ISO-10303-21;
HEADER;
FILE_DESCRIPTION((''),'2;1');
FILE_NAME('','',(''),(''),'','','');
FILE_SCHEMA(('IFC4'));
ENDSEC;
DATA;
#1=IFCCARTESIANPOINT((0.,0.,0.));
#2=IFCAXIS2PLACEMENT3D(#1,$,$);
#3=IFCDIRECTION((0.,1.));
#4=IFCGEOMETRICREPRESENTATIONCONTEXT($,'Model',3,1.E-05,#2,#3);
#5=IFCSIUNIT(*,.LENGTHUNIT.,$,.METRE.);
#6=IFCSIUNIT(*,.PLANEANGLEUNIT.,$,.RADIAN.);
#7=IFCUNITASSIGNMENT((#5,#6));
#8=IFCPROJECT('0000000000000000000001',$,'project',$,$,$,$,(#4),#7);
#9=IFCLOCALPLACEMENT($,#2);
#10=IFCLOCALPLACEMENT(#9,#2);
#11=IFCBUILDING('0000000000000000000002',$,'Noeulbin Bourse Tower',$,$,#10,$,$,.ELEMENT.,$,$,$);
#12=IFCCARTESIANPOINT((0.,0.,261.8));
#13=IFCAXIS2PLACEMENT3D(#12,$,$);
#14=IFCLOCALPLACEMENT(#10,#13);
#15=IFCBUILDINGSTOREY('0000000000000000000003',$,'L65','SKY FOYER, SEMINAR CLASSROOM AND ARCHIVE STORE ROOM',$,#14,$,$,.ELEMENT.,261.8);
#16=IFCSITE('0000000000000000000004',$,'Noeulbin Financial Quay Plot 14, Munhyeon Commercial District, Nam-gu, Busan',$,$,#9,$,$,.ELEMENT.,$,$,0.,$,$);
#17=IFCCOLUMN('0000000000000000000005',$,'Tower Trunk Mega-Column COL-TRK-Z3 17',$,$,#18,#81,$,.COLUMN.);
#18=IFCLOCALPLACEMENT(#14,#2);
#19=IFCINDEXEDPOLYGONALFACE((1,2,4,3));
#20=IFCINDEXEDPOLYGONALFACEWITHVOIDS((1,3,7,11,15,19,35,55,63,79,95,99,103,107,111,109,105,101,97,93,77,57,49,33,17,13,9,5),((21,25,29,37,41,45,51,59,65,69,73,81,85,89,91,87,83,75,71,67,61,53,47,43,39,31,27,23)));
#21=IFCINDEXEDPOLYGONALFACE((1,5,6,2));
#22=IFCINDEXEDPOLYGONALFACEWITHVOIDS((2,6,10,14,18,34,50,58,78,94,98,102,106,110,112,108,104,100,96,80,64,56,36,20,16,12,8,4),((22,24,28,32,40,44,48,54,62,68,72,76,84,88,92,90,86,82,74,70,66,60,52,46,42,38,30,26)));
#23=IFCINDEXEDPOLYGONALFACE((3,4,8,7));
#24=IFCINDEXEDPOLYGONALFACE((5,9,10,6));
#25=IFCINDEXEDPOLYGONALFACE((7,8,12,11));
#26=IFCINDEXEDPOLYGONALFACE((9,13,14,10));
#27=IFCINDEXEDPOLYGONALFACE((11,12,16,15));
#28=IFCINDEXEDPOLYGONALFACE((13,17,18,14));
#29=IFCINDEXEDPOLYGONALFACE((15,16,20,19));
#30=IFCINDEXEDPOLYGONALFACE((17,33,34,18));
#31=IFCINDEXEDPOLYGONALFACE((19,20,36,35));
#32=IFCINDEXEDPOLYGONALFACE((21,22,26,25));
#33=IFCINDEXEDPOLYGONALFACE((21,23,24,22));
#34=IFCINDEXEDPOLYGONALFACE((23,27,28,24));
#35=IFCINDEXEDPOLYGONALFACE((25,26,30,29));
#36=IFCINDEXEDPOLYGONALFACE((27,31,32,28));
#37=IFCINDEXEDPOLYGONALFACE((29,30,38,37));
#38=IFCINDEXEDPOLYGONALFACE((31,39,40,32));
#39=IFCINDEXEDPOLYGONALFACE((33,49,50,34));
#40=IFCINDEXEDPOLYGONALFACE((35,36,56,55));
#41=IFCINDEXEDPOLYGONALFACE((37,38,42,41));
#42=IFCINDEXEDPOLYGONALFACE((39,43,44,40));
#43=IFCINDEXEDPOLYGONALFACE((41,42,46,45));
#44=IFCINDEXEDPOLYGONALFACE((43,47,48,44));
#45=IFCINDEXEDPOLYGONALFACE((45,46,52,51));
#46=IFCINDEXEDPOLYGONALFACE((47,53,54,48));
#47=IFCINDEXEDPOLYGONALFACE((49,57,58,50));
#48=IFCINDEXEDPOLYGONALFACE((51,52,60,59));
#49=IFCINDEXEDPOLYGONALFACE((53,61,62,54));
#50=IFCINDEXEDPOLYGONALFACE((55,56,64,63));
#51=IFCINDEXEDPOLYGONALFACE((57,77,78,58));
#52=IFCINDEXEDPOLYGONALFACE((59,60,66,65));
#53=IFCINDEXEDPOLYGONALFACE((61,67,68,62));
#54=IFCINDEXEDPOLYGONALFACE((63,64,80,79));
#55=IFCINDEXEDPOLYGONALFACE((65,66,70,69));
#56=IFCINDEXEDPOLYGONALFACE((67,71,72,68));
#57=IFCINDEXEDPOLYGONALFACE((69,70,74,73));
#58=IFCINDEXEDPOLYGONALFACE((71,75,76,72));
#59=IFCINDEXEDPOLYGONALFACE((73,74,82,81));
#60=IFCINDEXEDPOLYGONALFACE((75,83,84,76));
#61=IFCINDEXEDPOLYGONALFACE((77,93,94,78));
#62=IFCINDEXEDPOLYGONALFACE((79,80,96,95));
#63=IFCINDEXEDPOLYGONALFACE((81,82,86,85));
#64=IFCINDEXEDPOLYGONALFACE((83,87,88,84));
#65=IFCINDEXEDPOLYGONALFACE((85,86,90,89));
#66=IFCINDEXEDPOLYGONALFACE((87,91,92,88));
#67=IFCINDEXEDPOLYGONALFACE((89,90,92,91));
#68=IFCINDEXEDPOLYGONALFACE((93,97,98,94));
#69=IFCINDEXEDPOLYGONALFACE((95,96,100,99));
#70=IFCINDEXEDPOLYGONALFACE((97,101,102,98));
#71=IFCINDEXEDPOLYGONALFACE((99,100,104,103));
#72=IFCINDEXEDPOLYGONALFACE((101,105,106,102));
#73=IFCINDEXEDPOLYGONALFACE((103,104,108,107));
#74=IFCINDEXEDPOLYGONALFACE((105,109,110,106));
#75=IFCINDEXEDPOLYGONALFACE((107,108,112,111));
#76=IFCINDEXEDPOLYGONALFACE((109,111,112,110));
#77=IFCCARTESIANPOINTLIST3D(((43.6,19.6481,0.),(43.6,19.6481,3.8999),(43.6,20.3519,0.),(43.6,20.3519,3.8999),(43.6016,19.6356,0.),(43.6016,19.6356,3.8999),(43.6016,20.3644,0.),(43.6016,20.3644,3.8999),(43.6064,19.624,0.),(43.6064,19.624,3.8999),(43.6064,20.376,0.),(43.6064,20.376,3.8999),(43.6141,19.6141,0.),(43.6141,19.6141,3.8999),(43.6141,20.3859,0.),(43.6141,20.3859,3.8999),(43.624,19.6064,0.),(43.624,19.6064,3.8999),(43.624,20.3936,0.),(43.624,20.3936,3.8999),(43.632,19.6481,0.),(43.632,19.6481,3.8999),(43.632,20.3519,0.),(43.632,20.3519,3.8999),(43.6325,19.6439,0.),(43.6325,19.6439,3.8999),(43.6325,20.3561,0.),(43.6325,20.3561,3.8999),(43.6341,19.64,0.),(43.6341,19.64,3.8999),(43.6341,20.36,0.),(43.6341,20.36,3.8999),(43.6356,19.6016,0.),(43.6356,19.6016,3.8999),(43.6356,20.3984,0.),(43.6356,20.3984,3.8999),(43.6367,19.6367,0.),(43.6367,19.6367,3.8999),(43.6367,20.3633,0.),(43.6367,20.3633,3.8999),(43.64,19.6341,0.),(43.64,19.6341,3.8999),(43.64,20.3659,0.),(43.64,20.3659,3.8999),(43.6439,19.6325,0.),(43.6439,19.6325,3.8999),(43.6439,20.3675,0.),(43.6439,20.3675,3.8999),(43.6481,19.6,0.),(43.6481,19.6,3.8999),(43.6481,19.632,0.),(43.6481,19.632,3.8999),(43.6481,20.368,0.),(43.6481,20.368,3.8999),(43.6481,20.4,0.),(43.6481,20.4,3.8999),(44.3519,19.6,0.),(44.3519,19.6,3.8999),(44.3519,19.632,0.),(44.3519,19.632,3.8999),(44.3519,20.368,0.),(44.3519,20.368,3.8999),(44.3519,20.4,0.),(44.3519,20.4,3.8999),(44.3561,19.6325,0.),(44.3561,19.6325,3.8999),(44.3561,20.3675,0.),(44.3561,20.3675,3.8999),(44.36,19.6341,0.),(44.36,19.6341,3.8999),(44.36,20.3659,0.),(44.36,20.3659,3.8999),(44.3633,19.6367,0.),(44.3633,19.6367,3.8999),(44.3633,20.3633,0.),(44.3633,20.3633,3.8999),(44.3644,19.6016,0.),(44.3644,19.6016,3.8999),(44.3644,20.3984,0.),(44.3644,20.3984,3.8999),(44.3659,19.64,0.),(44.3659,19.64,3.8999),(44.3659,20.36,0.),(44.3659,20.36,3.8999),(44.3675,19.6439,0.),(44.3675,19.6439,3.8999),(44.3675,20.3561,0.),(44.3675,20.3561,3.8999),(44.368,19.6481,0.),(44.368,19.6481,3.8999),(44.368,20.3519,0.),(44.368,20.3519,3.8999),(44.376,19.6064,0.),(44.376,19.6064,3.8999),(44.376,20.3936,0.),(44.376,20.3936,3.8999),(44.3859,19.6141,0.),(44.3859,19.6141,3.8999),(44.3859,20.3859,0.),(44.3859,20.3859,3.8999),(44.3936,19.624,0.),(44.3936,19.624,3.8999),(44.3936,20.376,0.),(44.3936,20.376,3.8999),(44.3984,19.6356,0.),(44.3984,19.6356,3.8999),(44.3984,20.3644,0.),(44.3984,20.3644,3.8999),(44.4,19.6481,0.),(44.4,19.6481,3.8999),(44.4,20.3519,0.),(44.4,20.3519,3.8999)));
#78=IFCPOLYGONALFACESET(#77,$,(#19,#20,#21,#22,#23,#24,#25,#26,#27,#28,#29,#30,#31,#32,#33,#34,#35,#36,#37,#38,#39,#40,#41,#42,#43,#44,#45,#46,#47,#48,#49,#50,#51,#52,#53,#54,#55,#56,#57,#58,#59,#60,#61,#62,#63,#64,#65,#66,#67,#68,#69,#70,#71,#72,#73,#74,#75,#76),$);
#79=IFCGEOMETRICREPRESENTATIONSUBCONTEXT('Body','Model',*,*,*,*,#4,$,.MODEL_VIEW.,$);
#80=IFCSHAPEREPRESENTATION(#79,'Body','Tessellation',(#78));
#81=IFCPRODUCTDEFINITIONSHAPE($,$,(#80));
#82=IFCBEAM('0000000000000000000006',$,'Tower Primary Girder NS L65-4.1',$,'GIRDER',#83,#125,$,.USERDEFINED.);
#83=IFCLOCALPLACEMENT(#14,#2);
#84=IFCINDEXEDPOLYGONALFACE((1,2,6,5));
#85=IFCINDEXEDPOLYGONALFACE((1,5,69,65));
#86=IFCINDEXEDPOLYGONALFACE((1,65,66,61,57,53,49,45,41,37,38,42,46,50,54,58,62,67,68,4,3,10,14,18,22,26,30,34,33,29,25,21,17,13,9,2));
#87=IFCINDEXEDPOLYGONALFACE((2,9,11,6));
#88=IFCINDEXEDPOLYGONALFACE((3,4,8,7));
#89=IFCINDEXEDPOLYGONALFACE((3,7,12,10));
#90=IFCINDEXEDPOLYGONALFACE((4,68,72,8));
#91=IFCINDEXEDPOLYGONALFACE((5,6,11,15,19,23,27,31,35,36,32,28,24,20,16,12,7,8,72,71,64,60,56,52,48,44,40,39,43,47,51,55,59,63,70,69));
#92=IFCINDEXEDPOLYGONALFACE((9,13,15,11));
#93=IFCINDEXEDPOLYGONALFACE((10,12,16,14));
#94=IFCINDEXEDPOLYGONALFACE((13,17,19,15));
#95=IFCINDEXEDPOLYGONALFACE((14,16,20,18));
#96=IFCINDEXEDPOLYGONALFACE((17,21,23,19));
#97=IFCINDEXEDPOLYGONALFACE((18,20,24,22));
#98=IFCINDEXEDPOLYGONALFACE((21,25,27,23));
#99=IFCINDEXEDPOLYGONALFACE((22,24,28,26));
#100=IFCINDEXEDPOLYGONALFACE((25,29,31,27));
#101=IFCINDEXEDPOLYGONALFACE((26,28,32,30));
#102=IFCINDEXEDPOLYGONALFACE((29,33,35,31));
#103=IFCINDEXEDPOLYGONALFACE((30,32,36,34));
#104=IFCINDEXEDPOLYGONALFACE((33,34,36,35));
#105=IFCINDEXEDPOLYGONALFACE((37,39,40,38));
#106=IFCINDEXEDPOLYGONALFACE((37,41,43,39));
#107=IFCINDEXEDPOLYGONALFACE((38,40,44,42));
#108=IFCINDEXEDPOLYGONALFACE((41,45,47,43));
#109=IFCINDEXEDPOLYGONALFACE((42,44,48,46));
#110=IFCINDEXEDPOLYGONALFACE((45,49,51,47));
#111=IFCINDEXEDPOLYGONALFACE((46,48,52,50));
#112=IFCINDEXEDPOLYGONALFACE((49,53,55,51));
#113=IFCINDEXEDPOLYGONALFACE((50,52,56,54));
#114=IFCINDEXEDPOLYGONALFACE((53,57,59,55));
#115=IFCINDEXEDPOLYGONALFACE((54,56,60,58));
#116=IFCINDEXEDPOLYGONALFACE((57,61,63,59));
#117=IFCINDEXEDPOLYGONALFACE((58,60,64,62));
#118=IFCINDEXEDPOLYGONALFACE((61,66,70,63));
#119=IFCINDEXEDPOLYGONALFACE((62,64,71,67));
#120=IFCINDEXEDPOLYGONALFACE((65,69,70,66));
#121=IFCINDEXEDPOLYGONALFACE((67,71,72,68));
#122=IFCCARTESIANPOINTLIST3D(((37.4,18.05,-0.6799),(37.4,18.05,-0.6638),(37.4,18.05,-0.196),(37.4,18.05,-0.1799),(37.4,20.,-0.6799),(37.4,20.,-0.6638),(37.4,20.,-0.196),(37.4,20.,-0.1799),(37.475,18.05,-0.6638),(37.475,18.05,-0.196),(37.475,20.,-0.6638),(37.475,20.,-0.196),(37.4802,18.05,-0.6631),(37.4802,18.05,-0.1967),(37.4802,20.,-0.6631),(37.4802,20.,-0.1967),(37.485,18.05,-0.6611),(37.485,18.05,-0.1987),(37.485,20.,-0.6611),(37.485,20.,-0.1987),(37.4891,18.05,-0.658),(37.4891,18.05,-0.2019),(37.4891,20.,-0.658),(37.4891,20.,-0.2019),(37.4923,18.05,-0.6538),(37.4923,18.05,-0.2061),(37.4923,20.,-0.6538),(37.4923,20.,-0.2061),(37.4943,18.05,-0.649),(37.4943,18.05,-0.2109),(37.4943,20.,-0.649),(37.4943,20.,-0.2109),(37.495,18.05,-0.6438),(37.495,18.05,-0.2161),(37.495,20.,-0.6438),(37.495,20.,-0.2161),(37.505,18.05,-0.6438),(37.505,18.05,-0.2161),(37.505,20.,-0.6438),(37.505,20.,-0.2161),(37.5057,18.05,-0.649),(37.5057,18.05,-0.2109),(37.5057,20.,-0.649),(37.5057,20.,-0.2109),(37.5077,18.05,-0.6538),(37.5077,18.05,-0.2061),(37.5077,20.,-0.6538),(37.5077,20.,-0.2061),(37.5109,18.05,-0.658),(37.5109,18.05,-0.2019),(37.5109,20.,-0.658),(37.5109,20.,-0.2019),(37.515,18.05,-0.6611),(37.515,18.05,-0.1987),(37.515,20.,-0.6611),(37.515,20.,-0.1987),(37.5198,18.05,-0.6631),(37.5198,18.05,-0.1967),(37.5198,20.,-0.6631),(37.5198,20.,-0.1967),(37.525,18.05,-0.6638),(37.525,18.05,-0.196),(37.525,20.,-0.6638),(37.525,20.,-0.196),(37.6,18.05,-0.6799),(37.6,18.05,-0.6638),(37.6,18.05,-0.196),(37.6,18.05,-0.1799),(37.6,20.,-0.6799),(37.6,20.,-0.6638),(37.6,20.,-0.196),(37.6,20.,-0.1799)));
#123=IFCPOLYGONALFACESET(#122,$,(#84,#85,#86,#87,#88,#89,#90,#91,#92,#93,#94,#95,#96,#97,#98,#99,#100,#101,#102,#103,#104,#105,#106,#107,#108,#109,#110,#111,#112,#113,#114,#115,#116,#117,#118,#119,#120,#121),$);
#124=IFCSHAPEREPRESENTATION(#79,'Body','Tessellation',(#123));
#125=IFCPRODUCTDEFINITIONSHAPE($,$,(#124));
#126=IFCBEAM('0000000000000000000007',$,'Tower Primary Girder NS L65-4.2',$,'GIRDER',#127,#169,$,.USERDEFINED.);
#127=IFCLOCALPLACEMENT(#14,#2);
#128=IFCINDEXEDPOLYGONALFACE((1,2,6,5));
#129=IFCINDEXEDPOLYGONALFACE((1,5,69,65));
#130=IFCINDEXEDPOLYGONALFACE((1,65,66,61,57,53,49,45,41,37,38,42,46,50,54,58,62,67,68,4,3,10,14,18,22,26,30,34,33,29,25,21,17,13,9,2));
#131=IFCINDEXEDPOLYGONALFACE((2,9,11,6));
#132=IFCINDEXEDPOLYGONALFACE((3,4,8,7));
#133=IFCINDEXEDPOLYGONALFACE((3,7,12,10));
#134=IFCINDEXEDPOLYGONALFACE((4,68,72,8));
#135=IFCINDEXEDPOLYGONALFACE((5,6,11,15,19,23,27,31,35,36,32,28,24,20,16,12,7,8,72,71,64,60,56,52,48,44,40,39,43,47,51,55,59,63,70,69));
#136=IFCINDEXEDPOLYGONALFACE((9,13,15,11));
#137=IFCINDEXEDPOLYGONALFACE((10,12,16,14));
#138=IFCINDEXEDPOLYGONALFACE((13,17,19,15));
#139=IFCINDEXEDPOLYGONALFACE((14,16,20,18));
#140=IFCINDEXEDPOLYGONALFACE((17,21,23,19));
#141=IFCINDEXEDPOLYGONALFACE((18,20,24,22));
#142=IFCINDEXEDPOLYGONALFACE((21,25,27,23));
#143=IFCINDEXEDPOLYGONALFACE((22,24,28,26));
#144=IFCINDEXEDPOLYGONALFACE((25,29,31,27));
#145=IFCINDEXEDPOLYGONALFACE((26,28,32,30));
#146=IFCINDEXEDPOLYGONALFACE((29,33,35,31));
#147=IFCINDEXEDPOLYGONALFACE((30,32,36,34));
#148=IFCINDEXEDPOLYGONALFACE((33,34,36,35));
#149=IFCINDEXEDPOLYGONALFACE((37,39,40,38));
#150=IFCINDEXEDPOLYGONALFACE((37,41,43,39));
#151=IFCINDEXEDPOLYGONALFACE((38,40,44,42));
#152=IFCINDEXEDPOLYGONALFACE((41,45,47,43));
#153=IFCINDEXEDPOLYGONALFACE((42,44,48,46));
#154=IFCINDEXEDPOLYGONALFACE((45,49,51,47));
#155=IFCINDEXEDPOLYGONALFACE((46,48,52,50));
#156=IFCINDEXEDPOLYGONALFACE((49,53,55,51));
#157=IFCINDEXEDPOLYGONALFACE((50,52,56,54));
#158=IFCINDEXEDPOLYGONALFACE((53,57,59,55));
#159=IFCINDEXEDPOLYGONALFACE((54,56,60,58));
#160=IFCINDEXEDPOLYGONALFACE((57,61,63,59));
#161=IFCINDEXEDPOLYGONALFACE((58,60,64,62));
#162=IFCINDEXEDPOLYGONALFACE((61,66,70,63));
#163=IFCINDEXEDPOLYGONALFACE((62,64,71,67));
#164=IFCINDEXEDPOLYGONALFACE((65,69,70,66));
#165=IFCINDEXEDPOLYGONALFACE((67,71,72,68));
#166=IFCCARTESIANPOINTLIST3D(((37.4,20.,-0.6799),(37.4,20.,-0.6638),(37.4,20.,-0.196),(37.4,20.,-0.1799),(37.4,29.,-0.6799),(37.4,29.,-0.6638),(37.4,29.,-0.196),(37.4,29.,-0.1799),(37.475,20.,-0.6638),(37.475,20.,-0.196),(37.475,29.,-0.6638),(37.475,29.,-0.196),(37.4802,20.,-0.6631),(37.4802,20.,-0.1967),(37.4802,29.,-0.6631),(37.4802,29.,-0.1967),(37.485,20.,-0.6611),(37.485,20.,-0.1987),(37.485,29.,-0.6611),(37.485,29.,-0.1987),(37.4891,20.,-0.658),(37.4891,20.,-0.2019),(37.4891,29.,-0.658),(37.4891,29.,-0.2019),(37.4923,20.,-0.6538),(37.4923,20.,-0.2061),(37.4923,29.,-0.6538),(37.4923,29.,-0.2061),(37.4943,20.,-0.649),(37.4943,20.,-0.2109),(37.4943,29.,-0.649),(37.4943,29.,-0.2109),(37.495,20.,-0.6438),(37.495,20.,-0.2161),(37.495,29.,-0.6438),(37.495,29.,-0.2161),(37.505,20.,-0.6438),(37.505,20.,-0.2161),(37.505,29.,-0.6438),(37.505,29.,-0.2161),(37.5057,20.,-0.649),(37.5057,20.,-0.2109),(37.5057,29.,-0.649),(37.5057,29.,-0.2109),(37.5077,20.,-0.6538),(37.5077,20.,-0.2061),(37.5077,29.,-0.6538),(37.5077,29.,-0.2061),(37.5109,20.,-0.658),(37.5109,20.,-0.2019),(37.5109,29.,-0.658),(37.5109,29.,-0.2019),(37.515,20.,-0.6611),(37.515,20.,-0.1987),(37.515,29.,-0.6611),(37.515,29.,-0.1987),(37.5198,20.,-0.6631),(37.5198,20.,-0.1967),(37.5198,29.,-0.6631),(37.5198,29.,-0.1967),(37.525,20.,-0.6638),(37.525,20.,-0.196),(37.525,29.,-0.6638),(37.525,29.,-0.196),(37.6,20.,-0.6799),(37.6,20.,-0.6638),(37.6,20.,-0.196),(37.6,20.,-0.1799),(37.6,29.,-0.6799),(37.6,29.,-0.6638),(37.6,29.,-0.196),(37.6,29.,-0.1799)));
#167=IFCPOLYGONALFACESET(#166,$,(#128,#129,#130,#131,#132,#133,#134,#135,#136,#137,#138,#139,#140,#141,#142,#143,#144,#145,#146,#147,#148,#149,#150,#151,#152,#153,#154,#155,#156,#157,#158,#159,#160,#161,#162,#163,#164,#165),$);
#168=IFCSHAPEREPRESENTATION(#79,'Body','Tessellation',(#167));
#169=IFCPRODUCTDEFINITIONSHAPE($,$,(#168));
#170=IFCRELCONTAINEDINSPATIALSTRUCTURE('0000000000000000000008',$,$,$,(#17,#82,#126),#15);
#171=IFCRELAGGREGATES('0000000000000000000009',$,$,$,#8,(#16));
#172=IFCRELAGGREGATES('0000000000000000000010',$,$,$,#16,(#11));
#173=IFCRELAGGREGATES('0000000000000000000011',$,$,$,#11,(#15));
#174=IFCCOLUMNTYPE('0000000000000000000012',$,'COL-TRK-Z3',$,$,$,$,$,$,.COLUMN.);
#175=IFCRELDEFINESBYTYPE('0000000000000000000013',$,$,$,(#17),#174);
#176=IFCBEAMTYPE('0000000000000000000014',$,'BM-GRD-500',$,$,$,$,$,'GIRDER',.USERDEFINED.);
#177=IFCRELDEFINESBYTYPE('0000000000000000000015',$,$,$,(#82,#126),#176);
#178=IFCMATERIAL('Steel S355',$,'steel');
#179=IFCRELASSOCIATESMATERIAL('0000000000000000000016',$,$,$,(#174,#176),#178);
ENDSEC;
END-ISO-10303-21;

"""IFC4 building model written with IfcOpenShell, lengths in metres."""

from ifc_helpers import new_model, si_unit, direction, frame, origin, origin_2d, place, context, subcontext, project, spatial, hollow_rectangle, i_section, extrude, material, material_profile, profile_set, type_object, element, save


model = new_model("IFC4")

# Units and contexts
model_context = context("Model", 3, precision=1e-05, world=origin(), true_north=direction((0.0, 1.0)))
body_context = subcontext(model_context, "Body", "Model", "MODEL_VIEW")
ifc_project = project(units=[si_unit("LENGTHUNIT", "METRE"), si_unit("PLANEANGLEUNIT", "RADIAN")], contexts=[model_context])

# Site, building, storey
site_placement = place(None, origin())
site = spatial("IfcSite", under=ifc_project, at=site_placement, Name="Noeulbin Financial Quay Plot 14, Munhyeon Commercial District, Nam-gu, Busan", CompositionType="ELEMENT", RefElevation=0.0)
building_placement = place(site_placement, origin())
building = spatial("IfcBuilding", under=site, at=building_placement, Name="Noeulbin Bourse Tower", CompositionType="ELEMENT")
storey_placement = place(building_placement, frame((0.0, 0.0, 261.8)))
storey = spatial("IfcBuildingStorey", under=building, at=storey_placement, Name="L65", Description="SKY FOYER, SEMINAR CLASSROOM AND ARCHIVE STORE ROOM", CompositionType="ELEMENT", Elevation=261.8)

# Column
ifc_material_1 = material(Name="Steel S355", Category="steel")
ifc_material_profile_1 = material_profile(ifc_material_1, hollow_rectangle(XDim=0.8, YDim=0.8, WallThickness=0.032, InnerFilletRadius=0.0161, OuterFilletRadius=0.0481, at=origin_2d()), Name="BOX-800x800x32", Category="LoadBearing")
ifc_profile_set_1 = profile_set([ifc_material_profile_1], Name="Steel S355")
column_type = type_object("IfcColumnType", Name="COL-TRK-Z3", PredefinedType="COLUMN", material=ifc_profile_set_1)
for number, where, z_axis, x_axis, name in (
    (1, (44.0, 20.0, 0.0), (0.0, 0.0, 1.0), (1.0, 0.0, 0.0), "Tower Trunk Mega-Column COL-TRK-Z3 17"),
):
    element("IfcColumn", number, at=place(storey_placement, frame(where, z_axis=z_axis, x_axis=x_axis)), inside=storey, type_object=column_type, Name=name, PredefinedType="COLUMN", context=body_context, shape_type="SweptSolid", body=[
        extrude(hollow_rectangle(XDim=0.8, YDim=0.8, WallThickness=0.032, InnerFilletRadius=0.0161, OuterFilletRadius=0.0481, at=origin_2d()), origin(), (0.0, 0.0, 1.0), 3.8999),
    ])

# Beams
ifc_material_profile_2 = material_profile(ifc_material_1, i_section(OverallWidth=0.2, OverallDepth=0.5, WebThickness=0.01, FlangeThickness=0.0161, FilletRadius=0.02, at=origin_2d()), Name="H-500x200x10x16", Category="LoadBearing")
ifc_profile_set_2 = profile_set([ifc_material_profile_2], Name="Steel S355")
beam_type_1 = type_object("IfcBeamType", Name="BM-GRD-500", ElementType="GIRDER", PredefinedType="USERDEFINED", material=ifc_profile_set_2)
beam_1_placement = place(storey_placement, frame((37.5, 18.05, -0.4299), z_axis=(0.0, 1.0, 0.0), x_axis=(-1.0, 0.0, 0.0)))
element("IfcBeam", 2, at=beam_1_placement, inside=storey, type_object=beam_type_1, Name="Tower Primary Girder NS L65-4.1", ObjectType="GIRDER", PredefinedType="USERDEFINED", context=body_context, shape_type="SweptSolid", body=[
    extrude(i_section(OverallWidth=0.2, OverallDepth=0.5, WebThickness=0.01, FlangeThickness=0.0161, FilletRadius=0.02, at=origin_2d()), origin(), (0.0, 0.0, 1.0), 1.95),
])
beam_2_placement = place(storey_placement, frame((37.5, 20.0, -0.4299), z_axis=(0.0, 1.0, 0.0), x_axis=(-1.0, 0.0, 0.0)))
element("IfcBeam", 3, at=beam_2_placement, inside=storey, type_object=beam_type_1, Name="Tower Primary Girder NS L65-4.2", ObjectType="GIRDER", PredefinedType="USERDEFINED", context=body_context, shape_type="SweptSolid", body=[
    extrude(i_section(OverallWidth=0.2, OverallDepth=0.5, WebThickness=0.01, FlangeThickness=0.0161, FilletRadius=0.02, at=origin_2d()), origin(), (0.0, 0.0, 1.0), 9.0),
])

save(model, "model.ifc")
